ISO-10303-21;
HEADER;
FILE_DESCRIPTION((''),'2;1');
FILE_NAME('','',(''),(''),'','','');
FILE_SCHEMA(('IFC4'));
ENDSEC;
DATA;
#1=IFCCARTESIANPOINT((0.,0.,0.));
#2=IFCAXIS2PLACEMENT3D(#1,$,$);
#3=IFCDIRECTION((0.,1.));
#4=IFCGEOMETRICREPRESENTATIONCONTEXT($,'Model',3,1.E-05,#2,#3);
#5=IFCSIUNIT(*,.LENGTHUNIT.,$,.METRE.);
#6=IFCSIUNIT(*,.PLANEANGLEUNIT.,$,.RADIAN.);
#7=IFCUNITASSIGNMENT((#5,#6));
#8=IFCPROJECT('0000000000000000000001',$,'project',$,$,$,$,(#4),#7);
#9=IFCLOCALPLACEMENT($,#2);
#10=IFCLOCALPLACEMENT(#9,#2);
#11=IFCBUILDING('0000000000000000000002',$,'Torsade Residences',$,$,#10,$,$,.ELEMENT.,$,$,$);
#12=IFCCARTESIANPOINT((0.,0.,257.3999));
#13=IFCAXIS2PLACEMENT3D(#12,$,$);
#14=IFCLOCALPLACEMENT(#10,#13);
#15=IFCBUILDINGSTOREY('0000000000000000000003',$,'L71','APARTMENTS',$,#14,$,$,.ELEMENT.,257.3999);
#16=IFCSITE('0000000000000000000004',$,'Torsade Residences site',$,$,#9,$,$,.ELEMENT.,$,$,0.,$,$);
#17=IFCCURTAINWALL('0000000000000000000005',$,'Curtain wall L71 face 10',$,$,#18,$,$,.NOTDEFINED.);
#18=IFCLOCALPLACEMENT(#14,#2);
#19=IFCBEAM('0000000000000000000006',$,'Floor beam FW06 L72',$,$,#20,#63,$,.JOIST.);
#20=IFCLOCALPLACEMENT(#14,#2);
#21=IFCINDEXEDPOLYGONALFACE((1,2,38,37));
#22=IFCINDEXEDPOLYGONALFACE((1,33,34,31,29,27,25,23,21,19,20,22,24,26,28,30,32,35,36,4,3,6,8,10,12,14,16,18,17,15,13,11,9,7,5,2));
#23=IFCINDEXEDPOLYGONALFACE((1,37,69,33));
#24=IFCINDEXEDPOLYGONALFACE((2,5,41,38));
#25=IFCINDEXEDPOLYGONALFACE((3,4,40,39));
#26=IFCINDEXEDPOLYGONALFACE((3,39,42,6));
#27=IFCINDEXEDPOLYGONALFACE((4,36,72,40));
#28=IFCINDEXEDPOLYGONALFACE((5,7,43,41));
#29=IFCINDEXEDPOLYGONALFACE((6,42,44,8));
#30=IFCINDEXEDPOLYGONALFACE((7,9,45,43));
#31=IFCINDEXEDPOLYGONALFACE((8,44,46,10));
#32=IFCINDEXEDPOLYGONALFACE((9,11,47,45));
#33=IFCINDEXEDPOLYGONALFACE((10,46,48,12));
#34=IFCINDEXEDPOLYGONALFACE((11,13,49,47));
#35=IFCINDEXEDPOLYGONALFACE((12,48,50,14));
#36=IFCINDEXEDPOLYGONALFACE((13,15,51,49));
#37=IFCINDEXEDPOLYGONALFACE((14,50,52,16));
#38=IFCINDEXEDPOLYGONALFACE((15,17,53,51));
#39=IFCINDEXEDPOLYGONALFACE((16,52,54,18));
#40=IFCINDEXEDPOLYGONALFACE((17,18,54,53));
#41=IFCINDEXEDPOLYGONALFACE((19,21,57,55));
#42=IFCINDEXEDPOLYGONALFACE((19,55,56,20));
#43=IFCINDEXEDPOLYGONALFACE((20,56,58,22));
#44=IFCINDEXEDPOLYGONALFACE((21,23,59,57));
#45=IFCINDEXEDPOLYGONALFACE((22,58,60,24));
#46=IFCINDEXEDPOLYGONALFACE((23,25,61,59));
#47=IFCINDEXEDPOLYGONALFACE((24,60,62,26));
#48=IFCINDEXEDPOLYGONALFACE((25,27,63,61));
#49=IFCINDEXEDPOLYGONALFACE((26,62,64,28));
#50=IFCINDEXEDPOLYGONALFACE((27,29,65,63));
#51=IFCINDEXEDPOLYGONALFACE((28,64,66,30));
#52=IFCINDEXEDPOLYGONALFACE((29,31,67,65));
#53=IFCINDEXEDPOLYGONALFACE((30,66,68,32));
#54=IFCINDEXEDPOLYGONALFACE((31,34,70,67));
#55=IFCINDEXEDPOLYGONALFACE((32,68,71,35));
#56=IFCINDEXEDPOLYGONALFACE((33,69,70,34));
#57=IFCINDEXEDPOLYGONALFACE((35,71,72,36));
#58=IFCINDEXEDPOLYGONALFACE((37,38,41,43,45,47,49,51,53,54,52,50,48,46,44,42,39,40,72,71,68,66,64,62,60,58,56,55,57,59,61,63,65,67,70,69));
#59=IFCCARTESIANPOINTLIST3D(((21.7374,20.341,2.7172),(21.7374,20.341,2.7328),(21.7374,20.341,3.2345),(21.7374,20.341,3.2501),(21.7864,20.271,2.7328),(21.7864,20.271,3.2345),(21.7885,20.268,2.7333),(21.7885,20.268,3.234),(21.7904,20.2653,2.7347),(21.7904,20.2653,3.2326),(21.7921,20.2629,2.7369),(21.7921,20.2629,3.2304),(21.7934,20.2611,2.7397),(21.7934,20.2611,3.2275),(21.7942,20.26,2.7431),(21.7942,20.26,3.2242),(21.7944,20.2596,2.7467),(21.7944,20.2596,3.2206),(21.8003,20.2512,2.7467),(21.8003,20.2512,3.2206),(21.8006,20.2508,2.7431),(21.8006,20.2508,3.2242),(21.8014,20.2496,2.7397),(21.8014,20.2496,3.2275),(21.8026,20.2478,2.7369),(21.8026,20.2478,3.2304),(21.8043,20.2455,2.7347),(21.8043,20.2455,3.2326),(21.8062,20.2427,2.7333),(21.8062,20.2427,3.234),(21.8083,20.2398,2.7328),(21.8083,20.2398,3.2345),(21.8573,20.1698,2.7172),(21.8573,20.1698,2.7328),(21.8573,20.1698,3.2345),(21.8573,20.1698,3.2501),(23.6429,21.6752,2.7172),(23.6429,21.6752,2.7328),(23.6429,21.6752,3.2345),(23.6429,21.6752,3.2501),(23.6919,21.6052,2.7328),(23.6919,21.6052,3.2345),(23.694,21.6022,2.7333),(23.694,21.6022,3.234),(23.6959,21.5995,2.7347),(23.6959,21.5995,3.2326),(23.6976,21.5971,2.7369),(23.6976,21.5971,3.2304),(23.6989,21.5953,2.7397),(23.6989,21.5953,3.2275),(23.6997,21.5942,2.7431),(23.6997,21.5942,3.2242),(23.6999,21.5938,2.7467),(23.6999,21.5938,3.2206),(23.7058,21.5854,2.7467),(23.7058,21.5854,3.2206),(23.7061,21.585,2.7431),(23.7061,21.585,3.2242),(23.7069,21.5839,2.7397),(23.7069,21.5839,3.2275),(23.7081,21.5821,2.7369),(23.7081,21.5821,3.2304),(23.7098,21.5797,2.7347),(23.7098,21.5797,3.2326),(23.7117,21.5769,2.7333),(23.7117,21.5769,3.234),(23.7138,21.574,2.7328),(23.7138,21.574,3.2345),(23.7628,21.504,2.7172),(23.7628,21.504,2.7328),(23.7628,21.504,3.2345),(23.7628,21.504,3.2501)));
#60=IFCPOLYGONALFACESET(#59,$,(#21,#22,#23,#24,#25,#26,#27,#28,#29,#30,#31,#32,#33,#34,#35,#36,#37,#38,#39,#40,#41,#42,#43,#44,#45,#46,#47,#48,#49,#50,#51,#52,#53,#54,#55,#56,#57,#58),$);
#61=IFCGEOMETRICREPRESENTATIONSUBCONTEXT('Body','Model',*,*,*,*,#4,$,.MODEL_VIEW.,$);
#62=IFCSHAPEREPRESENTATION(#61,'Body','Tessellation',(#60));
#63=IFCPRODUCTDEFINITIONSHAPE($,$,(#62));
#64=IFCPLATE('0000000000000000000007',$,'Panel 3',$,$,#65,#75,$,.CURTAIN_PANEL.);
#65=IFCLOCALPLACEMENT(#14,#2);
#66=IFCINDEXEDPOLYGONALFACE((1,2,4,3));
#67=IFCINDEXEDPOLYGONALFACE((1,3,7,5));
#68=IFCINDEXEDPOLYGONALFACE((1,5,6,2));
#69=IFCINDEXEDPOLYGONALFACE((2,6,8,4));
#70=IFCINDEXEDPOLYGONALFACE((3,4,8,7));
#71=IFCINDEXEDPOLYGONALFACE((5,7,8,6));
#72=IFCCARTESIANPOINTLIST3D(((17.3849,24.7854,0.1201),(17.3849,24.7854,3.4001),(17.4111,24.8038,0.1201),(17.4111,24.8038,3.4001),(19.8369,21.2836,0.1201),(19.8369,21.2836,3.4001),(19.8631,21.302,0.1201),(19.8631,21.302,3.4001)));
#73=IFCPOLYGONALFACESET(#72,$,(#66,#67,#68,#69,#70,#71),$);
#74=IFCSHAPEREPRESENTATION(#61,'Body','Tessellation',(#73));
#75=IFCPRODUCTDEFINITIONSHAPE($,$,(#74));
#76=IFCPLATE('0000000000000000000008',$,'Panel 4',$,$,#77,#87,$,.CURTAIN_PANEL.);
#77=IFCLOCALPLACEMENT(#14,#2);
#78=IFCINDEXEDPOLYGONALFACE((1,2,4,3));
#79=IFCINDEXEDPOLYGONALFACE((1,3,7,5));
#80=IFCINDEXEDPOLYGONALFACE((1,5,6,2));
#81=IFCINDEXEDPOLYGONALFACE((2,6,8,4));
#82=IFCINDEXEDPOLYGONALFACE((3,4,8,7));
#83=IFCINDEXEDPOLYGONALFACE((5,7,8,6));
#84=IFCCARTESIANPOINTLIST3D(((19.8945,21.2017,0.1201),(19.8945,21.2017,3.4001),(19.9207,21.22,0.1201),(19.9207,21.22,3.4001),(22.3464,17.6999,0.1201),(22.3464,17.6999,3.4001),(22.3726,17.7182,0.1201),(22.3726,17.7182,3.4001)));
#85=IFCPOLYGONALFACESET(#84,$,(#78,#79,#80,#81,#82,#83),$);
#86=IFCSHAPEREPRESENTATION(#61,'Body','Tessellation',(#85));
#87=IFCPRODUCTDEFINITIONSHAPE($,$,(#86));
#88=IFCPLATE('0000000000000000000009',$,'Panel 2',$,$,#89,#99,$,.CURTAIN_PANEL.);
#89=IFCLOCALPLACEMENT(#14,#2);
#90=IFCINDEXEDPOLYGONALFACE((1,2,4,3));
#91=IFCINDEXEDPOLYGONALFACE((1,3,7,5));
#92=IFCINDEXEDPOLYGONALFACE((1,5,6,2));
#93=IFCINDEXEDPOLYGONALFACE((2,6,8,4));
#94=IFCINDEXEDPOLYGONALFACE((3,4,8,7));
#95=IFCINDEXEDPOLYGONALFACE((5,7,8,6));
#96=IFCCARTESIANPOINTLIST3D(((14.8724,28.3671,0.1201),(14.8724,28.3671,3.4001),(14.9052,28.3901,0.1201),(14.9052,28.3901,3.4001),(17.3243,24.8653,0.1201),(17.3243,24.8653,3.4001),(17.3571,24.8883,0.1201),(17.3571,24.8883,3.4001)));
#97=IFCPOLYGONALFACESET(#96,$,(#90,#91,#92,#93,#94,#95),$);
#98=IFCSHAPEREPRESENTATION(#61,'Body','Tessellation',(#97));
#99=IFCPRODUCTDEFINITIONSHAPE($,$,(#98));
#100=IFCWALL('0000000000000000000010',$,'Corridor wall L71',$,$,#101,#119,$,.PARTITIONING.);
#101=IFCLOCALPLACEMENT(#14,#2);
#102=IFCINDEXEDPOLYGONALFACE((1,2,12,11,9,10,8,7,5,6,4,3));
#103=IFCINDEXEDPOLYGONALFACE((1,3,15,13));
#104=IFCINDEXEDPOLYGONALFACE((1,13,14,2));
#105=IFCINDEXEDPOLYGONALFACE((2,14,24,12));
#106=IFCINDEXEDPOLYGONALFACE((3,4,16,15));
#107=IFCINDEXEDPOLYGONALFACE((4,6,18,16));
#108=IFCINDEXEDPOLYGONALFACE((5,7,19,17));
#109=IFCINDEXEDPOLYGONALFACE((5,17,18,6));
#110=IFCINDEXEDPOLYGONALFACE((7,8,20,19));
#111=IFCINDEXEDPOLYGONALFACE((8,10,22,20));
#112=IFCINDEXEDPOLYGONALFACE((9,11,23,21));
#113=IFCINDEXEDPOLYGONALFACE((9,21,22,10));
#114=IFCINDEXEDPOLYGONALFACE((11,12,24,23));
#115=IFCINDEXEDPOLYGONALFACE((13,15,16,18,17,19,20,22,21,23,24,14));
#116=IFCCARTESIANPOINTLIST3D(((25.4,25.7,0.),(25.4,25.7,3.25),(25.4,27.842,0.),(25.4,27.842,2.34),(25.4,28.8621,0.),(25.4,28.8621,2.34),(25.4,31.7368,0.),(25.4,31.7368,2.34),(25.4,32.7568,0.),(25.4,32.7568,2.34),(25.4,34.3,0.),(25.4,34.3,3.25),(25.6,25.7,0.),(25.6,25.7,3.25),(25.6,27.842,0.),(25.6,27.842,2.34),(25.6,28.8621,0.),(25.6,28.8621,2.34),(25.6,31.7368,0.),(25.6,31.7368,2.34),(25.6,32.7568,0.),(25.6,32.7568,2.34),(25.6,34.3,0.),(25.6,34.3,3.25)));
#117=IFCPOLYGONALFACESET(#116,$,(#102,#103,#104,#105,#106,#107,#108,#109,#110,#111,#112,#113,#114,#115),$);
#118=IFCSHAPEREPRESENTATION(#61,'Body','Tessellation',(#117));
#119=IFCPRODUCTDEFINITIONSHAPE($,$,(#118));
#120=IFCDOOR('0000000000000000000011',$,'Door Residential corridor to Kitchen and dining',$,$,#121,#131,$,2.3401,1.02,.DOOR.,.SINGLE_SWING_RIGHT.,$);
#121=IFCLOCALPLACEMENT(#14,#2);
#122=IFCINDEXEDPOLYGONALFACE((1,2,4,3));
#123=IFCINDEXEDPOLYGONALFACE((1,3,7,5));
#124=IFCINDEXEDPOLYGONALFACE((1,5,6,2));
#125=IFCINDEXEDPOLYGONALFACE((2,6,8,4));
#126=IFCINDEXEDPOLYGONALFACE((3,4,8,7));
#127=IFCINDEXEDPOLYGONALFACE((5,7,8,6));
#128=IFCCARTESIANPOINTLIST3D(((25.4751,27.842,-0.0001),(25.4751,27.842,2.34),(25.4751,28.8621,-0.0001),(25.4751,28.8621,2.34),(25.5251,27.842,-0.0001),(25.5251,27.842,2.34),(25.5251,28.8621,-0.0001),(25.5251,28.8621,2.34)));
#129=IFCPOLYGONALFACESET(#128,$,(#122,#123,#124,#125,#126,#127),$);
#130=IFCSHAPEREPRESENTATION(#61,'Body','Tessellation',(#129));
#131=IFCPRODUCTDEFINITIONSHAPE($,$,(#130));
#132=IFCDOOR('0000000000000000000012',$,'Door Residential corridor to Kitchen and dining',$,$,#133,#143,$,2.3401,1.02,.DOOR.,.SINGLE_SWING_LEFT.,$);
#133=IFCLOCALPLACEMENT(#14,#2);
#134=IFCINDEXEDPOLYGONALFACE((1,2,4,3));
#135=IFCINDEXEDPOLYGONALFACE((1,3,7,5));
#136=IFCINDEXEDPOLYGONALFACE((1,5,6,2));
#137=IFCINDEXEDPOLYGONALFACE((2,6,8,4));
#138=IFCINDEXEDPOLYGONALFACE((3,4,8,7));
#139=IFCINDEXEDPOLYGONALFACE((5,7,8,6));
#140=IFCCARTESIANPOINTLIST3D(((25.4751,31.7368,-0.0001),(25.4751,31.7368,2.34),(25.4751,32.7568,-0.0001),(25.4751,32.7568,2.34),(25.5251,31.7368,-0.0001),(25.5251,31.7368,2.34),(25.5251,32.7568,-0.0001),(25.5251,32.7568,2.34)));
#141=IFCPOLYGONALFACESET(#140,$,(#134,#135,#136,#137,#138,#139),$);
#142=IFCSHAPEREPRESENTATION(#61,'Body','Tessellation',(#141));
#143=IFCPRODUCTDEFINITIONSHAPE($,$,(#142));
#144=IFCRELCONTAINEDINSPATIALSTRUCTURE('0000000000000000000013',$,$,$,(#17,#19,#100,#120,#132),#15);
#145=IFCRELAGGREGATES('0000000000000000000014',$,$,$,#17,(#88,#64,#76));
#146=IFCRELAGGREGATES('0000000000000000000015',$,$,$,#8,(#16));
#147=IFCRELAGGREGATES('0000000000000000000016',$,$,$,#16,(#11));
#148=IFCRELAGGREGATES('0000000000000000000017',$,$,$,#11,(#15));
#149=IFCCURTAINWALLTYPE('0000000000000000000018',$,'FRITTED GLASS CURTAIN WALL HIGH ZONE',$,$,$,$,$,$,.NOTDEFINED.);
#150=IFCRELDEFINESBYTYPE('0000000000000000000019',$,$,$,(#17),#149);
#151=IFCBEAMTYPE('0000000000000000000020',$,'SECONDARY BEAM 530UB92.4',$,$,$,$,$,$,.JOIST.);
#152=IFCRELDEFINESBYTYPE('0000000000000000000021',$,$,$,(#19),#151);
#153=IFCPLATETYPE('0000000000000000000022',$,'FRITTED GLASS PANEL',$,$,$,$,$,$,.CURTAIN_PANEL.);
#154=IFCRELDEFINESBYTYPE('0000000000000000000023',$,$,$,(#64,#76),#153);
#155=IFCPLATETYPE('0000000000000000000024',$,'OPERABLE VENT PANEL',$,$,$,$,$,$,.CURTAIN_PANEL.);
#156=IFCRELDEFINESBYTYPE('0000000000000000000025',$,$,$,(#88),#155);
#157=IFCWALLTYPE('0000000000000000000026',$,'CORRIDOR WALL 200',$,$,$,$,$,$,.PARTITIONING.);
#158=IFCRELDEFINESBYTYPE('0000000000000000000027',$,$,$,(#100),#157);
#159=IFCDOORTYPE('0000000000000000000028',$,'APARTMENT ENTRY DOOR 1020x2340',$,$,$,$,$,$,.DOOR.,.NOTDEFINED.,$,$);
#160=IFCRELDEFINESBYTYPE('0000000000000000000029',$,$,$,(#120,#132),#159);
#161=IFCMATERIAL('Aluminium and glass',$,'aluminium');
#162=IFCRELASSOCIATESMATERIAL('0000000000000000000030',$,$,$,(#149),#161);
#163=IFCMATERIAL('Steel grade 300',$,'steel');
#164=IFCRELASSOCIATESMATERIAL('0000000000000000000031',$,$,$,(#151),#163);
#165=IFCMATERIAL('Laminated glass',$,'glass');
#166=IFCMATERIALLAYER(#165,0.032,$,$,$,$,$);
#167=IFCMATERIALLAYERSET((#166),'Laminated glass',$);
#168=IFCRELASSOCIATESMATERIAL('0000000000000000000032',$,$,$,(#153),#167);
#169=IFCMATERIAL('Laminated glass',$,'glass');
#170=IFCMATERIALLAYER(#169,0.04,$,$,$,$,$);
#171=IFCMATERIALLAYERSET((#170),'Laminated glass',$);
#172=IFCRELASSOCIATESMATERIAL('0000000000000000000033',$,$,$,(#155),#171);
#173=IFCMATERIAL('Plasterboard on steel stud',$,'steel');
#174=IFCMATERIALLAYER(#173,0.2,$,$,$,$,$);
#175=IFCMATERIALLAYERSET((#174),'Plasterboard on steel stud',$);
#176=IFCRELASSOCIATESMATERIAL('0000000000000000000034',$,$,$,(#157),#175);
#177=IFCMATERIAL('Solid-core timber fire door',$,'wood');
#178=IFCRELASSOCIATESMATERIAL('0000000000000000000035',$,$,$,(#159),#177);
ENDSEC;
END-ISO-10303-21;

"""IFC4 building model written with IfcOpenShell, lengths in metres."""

from ifc_helpers import new_model, si_unit, direction, frame, frame_2d, origin, origin_2d, place, context, subcontext, project, spatial, rectangle, i_section, extrude, material, layer, layer_set, material_profile, profile_set, type_object, element, fill, aggregate, save


model = new_model("IFC4")

# Units and contexts
model_context = context("Model", 3, precision=1e-05, world=origin(), true_north=direction((0.0, 1.0)))
body_context = subcontext(model_context, "Body", "Model", "MODEL_VIEW")
ifc_project = project(units=[si_unit("LENGTHUNIT", "METRE"), si_unit("PLANEANGLEUNIT", "RADIAN")], contexts=[model_context])

# Site, building, storey
site_placement = place(None, origin())
site = spatial("IfcSite", under=ifc_project, at=site_placement, Name="Torsade Residences site", CompositionType="ELEMENT", RefElevation=0.0)
building_placement = place(site_placement, origin())
building = spatial("IfcBuilding", under=site, at=building_placement, Name="Torsade Residences", CompositionType="ELEMENT")
storey_placement = place(building_placement, frame((0.0, 0.0, 257.3999)))
storey = spatial("IfcBuildingStorey", under=building, at=storey_placement, Name="L71", Description="APARTMENTS", CompositionType="ELEMENT", Elevation=257.3999)

# Curtain wall
ifc_material_1 = material(Name="Aluminium and glass", Category="aluminium")
curtain_wall_type = type_object("IfcCurtainWallType", Name="FRITTED GLASS CURTAIN WALL HIGH ZONE", PredefinedType="NOTDEFINED", material=ifc_material_1)
curtain_wall_placement = place(storey_placement, origin())
curtain_wall = element("IfcCurtainWall", 1, at=curtain_wall_placement, inside=storey, type_object=curtain_wall_type, Name="Curtain wall L71 face 10", PredefinedType="NOTDEFINED")

# Beam
ifc_material_2 = material(Name="Steel grade 300", Category="steel")
ifc_material_profile_1 = material_profile(ifc_material_2, i_section(OverallWidth=0.209, OverallDepth=0.533, WebThickness=0.0103, FlangeThickness=0.0156, FilletRadius=0.0139, at=origin_2d()), Name="530UB92.4")
ifc_profile_set_1 = profile_set([ifc_material_profile_1], Name="Steel grade 300")
beam_type_1 = type_object("IfcBeamType", Name="SECONDARY BEAM 530UB92.4", PredefinedType="JOIST", material=ifc_profile_set_1)
beam_1_placement = place(storey_placement, frame((21.7974, 20.2554, 2.9836), z_axis=(0.819158, 0.573568, 0.0), x_axis=(-0.573568, 0.819158, 0.0)))
element("IfcBeam", 2, at=beam_1_placement, inside=storey, type_object=beam_type_1, Name="Floor beam FW06 L72", PredefinedType="JOIST", context=body_context, shape_type="SweptSolid", body=[
    extrude(i_section(OverallWidth=0.209, OverallDepth=0.533, WebThickness=0.0103, FlangeThickness=0.0156, FilletRadius=0.0139, at=origin_2d()), origin(), (0.0, 0.0, 1.0), 2.3262),
])

# Plates
ifc_material_3 = material(Name="Laminated glass", Category="glass")
ifc_layer_1 = layer(ifc_material_3, 0.032)
ifc_layer_set_1 = layer_set([ifc_layer_1], Name="Laminated glass")
plate_type_1 = type_object("IfcPlateType", Name="FRITTED GLASS PANEL", PredefinedType="CURTAIN_PANEL", material=ifc_layer_set_1)
plate_1_placement = place(storey_placement, frame((18.624, 23.0437, 0.1201), z_axis=(0.0, 0.0, 1.0), x_axis=(0.573576, -0.819152, 0.0)))
plate_1 = element("IfcPlate", 3, at=plate_1_placement, type_object=plate_type_1, Name="Panel 3", PredefinedType="CURTAIN_PANEL", context=body_context, shape_type="SweptSolid", body=[
    extrude(rectangle(XDim=4.2749, YDim=0.032, at=origin_2d()), origin(), (0.0, 0.0, 1.0), 3.28),
])
plate_2_placement = place(storey_placement, frame((21.1335, 19.46, 0.1201), z_axis=(0.0, 0.0, 1.0), x_axis=(0.573576, -0.819152, 0.0)))
plate_2 = element("IfcPlate", 4, at=plate_2_placement, type_object=plate_type_1, Name="Panel 4", PredefinedType="CURTAIN_PANEL", context=body_context, shape_type="SweptSolid", body=[
    extrude(rectangle(XDim=4.2749, YDim=0.032, at=origin_2d()), origin(), (0.0, 0.0, 1.0), 3.28),
])
ifc_material_4 = material(Name="Laminated glass", Category="glass")
ifc_layer_2 = layer(ifc_material_4, 0.04)
ifc_layer_set_2 = layer_set([ifc_layer_2], Name="Laminated glass")
plate_type_2 = type_object("IfcPlateType", Name="OPERABLE VENT PANEL", PredefinedType="CURTAIN_PANEL", material=ifc_layer_set_2)
plate_3_placement = place(storey_placement, frame((16.1147, 26.6277, 0.1201), z_axis=(0.0, 0.0, 1.0), x_axis=(0.573576, -0.819152, 0.0)))
plate_3 = element("IfcPlate", 5, at=plate_3_placement, type_object=plate_type_2, Name="Panel 2", PredefinedType="CURTAIN_PANEL", context=body_context, shape_type="SweptSolid", body=[
    extrude(rectangle(XDim=4.2749, YDim=0.04, at=origin_2d()), origin(), (0.0, 0.0, 1.0), 3.28),
])
aggregate(curtain_wall, [plate_3, plate_1, plate_2])

# Wall, openings, doors
ifc_material_5 = material(Name="Plasterboard on steel stud", Category="steel")
ifc_layer_3 = layer(ifc_material_5, 0.2)
ifc_layer_set_3 = layer_set([ifc_layer_3], Name="Plasterboard on steel stud")
wall_type_1 = type_object("IfcWallType", Name="CORRIDOR WALL 200", PredefinedType="PARTITIONING", material=ifc_layer_set_3)
wall_1_placement = place(storey_placement, frame((25.5, 25.7, 0.0), z_axis=(0.0, 0.0, 1.0), x_axis=(0.0, 1.0, 0.0)))
wall_1 = element("IfcWall", 6, at=wall_1_placement, inside=storey, type_object=wall_type_1, Name="Corridor wall L71", PredefinedType="PARTITIONING", context=body_context, shape_type="SweptSolid", body=[
    extrude(rectangle(XDim=8.6001, YDim=0.2, at=frame_2d((4.3, 0.0))), origin(), (0.0, 0.0, 1.0), 3.25),
])
opening_1_placement = place(wall_1_placement, frame((2.1421, 0.0, 0.0)))
opening_1 = element("IfcOpeningElement", 7, at=opening_1_placement, cuts=wall_1, PredefinedType="OPENING", context=body_context, shape_type="SweptSolid", body=[
    extrude(rectangle(XDim=1.02, YDim=2.3401, at=frame_2d((0.51, 1.1699))), frame((0.0, 0.1099, 0.0), z_axis=(0.0, -1.0, 0.0), x_axis=(1.0, 0.0, 0.0)), (0.0, 0.0, 1.0), 0.22),
])
opening_2_placement = place(wall_1_placement, frame((6.0369, 0.0, 0.0)))
opening_2 = element("IfcOpeningElement", 8, at=opening_2_placement, cuts=wall_1, PredefinedType="OPENING", context=body_context, shape_type="SweptSolid", body=[
    extrude(rectangle(XDim=1.02, YDim=2.3401, at=frame_2d((0.51, 1.1699))), frame((0.0, 0.1099, 0.0), z_axis=(0.0, -1.0, 0.0), x_axis=(1.0, 0.0, 0.0)), (0.0, 0.0, 1.0), 0.22),
])
ifc_material_6 = material(Name="Solid-core timber fire door", Category="wood")
door_type_1 = type_object("IfcDoorType", Name="APARTMENT ENTRY DOOR 1020x2340", OperationType="NOTDEFINED", PredefinedType="DOOR", material=ifc_material_6)
door_1_placement = place(opening_1_placement, origin())
door_1 = element("IfcDoor", 9, at=door_1_placement, inside=storey, type_object=door_type_1, Name="Door Residential corridor to Kitchen and dining", OperationType="SINGLE_SWING_RIGHT", OverallHeight=2.3401, OverallWidth=1.02, PredefinedType="DOOR", context=body_context, shape_type="SweptSolid", body=[
    extrude(rectangle(XDim=1.02, YDim=2.3401, at=frame_2d((0.51, 1.1699))), frame((0.0, 0.0249, 0.0), z_axis=(0.0, -1.0, 0.0), x_axis=(1.0, 0.0, 0.0)), (0.0, 0.0, 1.0), 0.05),
])
fill(opening_1, door_1)
door_2_placement = place(opening_2_placement, origin())
door_2 = element("IfcDoor", 10, at=door_2_placement, inside=storey, type_object=door_type_1, Name="Door Residential corridor to Kitchen and dining", OperationType="SINGLE_SWING_LEFT", OverallHeight=2.3401, OverallWidth=1.02, PredefinedType="DOOR", context=body_context, shape_type="SweptSolid", body=[
    extrude(rectangle(XDim=1.02, YDim=2.3401, at=frame_2d((0.51, 1.1699))), frame((0.0, 0.0249, 0.0), z_axis=(0.0, -1.0, 0.0), x_axis=(1.0, 0.0, 0.0)), (0.0, 0.0, 1.0), 0.05),
])
fill(opening_2, door_2)

save(model, "model.ifc")
